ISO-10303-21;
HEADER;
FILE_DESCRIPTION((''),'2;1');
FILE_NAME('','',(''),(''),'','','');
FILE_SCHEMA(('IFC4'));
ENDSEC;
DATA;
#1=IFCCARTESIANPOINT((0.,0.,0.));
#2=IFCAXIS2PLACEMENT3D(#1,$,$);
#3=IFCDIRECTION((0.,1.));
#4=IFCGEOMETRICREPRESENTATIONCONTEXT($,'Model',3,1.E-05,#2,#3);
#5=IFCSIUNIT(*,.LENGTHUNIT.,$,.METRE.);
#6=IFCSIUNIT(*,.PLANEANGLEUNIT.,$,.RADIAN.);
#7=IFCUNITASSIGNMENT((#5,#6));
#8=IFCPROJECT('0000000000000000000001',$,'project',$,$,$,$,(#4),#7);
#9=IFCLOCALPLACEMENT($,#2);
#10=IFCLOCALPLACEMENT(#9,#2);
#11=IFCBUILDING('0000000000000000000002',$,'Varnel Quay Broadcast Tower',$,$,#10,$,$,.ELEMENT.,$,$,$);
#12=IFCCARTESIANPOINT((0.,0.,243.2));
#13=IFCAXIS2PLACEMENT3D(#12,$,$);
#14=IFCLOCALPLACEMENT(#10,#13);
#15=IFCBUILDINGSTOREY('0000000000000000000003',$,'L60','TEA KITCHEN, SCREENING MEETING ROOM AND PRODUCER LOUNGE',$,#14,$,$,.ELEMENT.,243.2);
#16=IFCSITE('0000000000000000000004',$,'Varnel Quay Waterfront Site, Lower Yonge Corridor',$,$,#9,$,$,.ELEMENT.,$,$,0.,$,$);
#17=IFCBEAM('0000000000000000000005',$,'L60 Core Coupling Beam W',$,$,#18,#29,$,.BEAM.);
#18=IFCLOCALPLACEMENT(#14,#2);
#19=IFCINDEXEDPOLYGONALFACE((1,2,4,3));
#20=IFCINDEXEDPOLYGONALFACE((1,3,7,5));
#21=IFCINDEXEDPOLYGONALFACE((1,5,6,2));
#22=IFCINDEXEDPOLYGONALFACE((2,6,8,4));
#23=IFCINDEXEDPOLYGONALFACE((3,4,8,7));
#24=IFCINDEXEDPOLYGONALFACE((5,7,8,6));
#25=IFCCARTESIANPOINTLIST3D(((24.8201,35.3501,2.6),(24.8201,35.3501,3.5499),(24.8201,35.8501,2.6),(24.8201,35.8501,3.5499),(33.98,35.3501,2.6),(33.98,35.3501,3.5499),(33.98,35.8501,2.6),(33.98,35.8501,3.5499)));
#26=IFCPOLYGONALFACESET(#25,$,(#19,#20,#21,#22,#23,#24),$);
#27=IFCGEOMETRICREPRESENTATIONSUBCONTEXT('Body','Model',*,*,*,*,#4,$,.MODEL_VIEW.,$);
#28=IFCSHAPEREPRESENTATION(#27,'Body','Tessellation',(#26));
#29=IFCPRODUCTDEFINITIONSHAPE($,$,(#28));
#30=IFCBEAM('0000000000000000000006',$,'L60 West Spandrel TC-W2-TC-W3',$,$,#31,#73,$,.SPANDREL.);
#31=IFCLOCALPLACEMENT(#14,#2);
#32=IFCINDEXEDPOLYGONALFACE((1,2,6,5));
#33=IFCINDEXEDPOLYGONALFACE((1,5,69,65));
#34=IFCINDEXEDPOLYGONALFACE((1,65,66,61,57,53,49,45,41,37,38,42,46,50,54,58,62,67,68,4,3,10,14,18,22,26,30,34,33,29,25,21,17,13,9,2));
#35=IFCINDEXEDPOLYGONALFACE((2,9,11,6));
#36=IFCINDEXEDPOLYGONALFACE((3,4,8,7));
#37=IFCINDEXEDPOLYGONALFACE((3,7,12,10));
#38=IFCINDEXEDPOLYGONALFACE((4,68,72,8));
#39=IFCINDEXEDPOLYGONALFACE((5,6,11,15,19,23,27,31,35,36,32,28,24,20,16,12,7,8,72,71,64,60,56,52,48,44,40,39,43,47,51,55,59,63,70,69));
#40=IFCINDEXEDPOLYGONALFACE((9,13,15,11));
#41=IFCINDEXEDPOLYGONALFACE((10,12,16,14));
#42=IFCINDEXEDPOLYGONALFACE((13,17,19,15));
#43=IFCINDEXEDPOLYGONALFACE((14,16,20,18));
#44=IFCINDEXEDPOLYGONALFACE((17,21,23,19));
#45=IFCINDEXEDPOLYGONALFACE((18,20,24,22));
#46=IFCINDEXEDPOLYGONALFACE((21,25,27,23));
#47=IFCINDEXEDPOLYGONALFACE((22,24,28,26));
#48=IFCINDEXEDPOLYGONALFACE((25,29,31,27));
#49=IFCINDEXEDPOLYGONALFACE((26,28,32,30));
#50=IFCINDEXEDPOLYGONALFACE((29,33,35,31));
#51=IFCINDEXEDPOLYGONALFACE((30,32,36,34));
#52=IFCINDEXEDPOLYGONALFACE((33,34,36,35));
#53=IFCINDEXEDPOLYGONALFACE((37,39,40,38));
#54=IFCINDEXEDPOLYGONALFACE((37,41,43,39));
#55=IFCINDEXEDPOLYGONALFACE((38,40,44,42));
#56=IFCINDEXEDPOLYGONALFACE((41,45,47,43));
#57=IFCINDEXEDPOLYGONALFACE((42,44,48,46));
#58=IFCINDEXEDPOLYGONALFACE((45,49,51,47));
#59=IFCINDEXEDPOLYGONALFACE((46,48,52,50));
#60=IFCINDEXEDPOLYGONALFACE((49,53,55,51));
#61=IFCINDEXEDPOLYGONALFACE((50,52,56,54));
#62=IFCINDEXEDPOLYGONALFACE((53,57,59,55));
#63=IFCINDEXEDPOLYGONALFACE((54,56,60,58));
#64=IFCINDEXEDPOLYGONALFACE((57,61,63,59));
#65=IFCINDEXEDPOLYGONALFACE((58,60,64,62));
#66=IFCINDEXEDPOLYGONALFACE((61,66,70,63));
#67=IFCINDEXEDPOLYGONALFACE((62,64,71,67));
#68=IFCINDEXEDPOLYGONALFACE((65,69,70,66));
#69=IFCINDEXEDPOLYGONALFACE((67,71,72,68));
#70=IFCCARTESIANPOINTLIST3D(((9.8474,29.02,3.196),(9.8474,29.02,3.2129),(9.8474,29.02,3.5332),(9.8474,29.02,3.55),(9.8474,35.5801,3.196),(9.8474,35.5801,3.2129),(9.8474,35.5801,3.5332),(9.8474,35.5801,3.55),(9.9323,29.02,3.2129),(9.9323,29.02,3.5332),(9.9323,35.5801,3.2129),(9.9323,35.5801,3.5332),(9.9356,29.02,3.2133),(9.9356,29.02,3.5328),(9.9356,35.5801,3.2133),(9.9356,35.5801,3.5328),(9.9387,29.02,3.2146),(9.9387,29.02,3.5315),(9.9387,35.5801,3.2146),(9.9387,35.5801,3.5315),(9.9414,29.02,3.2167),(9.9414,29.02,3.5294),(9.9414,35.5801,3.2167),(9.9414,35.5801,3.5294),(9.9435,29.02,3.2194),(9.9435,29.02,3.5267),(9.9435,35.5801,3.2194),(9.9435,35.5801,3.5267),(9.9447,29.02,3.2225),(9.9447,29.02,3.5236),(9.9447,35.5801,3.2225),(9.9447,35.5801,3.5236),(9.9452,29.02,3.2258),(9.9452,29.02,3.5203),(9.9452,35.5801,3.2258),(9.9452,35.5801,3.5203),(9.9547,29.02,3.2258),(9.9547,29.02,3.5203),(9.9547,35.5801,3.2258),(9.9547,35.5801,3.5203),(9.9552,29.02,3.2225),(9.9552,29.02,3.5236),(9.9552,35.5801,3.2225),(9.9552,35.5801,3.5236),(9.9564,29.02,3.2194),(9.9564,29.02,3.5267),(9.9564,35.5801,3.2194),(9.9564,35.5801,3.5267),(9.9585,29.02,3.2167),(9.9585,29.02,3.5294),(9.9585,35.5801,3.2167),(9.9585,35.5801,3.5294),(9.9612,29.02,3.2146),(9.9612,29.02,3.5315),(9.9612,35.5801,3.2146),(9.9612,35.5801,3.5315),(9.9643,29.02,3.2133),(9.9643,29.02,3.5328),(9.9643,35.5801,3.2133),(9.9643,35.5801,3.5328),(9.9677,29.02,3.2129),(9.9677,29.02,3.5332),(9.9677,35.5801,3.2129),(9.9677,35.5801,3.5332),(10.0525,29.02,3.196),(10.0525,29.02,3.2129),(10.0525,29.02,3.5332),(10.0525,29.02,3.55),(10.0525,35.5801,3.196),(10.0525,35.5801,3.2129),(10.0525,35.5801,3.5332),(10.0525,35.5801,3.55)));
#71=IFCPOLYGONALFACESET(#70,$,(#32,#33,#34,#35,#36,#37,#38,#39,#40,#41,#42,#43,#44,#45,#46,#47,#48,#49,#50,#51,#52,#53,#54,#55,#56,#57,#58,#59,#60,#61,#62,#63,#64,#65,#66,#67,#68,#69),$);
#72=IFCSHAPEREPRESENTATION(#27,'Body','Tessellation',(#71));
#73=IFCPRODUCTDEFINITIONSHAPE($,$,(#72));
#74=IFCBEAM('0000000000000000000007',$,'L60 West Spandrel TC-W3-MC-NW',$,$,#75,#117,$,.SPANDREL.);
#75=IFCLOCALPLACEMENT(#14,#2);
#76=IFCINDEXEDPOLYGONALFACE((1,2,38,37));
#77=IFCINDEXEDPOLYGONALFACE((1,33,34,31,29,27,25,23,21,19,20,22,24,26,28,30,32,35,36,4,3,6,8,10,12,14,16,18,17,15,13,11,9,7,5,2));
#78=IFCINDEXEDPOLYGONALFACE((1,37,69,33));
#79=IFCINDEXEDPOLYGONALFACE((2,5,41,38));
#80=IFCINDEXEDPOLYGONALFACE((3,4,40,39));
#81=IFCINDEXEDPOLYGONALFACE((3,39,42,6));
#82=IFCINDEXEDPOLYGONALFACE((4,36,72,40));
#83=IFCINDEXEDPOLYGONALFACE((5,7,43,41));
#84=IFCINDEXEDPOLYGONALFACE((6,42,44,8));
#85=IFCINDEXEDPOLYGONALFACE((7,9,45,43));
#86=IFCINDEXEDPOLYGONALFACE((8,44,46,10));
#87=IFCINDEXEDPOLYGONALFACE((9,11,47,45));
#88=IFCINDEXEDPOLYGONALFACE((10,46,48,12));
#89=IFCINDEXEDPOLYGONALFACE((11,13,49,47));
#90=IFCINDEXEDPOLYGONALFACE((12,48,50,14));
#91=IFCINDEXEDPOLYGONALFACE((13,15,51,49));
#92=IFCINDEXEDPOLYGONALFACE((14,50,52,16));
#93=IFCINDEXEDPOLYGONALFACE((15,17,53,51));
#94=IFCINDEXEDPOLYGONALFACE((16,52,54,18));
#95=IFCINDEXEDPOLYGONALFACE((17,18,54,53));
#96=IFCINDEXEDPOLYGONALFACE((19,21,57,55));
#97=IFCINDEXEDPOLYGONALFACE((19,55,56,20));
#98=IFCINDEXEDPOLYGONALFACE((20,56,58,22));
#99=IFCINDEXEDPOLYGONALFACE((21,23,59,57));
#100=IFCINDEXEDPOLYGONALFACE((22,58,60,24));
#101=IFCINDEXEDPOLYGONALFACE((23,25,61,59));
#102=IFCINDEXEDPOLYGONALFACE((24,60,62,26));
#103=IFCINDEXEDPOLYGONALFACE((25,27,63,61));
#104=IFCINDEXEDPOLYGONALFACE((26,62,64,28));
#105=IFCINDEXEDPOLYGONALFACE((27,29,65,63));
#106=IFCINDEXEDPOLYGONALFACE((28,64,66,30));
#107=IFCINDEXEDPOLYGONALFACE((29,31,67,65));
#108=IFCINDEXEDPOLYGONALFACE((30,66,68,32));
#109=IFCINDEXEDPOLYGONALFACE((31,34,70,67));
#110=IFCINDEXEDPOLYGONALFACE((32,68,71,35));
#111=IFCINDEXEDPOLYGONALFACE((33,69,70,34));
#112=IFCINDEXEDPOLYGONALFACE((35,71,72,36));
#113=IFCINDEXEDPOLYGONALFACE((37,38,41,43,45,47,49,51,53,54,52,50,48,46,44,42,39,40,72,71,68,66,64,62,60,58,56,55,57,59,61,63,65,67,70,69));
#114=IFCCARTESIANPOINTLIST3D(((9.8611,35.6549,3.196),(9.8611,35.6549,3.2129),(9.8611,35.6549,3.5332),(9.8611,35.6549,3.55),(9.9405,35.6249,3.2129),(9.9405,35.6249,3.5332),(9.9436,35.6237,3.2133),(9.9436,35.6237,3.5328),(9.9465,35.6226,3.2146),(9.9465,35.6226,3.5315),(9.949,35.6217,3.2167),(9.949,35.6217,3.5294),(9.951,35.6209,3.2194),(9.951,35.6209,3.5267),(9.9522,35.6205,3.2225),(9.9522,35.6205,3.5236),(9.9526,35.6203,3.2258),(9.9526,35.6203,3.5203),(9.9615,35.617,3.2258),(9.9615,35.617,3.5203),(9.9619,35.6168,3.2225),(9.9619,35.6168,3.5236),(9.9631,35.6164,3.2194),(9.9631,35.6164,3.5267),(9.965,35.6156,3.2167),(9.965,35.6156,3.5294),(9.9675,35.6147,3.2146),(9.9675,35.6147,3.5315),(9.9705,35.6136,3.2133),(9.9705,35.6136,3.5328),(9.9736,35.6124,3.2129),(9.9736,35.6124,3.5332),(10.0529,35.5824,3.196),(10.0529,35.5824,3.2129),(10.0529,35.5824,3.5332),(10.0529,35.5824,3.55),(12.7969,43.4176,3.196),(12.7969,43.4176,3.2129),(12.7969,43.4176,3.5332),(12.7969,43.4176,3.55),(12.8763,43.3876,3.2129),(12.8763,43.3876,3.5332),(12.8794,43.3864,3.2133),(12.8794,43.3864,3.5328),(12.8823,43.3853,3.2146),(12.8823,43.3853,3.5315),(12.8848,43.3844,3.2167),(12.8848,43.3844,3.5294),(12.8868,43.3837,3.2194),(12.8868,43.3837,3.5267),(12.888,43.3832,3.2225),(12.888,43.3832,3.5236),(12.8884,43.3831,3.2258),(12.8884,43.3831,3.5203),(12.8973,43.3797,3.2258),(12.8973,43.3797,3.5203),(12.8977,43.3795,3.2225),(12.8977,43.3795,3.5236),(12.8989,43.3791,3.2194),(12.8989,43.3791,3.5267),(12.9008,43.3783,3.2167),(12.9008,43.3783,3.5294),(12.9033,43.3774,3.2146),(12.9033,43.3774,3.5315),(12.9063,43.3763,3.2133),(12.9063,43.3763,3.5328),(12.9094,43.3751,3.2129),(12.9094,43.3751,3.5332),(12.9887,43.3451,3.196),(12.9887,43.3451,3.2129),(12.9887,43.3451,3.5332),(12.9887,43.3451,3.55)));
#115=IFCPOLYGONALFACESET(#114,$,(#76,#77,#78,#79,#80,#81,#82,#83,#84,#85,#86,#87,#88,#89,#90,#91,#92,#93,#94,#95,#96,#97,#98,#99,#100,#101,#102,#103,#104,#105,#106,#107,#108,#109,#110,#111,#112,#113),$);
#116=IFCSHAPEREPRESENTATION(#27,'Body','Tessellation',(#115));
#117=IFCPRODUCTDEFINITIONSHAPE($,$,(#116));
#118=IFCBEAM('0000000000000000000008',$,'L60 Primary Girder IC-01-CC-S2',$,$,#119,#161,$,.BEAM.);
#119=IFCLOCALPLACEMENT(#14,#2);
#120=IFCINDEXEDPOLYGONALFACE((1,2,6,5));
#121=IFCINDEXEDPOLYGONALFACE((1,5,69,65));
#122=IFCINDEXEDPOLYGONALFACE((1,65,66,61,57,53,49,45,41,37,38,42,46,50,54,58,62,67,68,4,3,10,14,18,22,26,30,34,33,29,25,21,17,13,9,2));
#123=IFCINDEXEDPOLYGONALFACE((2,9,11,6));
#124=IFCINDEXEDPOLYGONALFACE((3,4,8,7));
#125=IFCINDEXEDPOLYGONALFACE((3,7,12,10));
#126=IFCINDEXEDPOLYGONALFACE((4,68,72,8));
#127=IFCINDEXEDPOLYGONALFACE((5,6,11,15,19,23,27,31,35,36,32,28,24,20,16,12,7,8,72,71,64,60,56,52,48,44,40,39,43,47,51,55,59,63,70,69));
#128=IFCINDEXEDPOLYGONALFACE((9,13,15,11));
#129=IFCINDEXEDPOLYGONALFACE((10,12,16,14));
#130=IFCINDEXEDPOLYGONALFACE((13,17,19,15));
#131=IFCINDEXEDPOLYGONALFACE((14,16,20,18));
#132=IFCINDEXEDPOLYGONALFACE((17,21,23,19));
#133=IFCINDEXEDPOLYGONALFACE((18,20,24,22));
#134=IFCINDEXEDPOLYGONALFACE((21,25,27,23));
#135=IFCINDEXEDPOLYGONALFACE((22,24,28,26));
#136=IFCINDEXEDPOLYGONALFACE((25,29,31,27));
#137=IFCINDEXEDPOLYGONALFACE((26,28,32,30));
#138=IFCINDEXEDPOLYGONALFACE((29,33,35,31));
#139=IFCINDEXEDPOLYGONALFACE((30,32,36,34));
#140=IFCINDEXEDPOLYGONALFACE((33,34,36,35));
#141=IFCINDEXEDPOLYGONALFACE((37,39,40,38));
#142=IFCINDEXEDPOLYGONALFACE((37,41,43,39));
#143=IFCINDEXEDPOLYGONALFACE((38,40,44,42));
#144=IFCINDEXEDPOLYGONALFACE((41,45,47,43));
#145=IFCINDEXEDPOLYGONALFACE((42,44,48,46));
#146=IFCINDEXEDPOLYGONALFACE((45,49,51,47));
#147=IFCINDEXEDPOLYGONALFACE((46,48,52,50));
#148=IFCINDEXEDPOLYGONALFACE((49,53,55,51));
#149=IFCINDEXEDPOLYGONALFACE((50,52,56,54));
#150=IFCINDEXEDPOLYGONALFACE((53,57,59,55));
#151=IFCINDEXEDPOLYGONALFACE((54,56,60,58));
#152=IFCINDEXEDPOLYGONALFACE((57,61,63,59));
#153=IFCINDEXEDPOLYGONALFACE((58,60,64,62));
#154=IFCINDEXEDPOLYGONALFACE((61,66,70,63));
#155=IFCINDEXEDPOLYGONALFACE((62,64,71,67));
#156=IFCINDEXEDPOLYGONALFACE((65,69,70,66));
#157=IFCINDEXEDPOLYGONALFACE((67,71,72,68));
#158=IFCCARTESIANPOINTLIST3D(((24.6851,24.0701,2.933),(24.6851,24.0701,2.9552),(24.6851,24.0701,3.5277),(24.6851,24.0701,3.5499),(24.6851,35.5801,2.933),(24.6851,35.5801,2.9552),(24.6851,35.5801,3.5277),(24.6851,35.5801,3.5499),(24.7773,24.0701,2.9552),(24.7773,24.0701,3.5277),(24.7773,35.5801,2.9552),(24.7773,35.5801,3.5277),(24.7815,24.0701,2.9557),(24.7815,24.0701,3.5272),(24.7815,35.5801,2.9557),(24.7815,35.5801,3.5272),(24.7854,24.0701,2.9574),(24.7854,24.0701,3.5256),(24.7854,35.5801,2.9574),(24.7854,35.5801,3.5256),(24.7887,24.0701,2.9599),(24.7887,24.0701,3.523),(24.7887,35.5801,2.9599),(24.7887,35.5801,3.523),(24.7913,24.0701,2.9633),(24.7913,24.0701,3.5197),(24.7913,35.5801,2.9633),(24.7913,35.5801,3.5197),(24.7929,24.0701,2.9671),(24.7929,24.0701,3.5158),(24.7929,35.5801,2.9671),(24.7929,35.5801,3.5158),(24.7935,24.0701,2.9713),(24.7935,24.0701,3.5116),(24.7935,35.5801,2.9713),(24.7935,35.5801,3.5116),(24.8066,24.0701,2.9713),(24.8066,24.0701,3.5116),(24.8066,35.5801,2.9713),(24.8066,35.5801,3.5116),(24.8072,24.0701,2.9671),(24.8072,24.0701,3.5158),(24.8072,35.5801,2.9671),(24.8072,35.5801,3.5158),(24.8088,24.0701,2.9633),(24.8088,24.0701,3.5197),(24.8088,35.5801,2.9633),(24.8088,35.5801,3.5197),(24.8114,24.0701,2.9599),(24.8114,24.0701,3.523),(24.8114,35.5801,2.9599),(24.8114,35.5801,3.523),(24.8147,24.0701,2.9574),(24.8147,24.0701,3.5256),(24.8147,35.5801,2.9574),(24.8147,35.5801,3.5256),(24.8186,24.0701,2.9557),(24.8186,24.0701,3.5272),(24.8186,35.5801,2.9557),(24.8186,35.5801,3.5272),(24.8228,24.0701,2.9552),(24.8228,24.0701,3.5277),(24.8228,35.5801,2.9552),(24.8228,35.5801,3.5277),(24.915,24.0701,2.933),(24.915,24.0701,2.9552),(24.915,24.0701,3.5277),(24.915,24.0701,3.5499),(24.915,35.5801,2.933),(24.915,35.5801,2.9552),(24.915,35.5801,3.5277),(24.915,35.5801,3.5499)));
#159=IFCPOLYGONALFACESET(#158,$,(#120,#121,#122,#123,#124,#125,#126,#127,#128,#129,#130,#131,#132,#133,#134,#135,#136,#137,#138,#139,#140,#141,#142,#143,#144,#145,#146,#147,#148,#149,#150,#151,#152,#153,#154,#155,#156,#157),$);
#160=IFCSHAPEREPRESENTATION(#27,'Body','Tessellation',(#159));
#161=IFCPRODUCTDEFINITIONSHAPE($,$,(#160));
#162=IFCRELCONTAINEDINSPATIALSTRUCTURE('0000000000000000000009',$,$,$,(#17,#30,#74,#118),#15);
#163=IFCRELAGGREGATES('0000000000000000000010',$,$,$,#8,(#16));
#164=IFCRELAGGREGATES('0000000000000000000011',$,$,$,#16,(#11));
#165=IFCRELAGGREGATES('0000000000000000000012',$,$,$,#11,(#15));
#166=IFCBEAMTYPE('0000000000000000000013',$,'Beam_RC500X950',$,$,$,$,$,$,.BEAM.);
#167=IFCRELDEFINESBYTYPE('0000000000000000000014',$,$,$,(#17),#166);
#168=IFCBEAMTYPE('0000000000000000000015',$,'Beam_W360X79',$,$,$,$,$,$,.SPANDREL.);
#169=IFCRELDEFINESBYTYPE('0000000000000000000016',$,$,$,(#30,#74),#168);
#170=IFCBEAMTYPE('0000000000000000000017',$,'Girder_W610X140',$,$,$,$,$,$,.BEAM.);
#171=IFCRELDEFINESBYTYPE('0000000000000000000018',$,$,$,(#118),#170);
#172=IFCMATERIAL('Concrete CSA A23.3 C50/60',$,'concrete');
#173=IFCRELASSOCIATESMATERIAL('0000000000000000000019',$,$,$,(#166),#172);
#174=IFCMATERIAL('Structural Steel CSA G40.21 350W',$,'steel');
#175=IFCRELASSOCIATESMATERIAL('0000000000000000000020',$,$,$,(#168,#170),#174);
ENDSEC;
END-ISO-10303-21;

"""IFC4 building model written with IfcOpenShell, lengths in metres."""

from ifc_helpers import new_model, si_unit, direction, frame, origin, origin_2d, place, context, subcontext, project, spatial, rectangle, i_section, extrude, source, transform, mapped, material, material_profile, profile_set, type_object, type_shapes, element, save


model = new_model("IFC4")

# Units and contexts
model_context = context("Model", 3, precision=1e-05, world=origin(), true_north=direction((0.0, 1.0)))
body_context = subcontext(model_context, "Body", "Model", "MODEL_VIEW")
ifc_project = project(units=[si_unit("LENGTHUNIT", "METRE"), si_unit("PLANEANGLEUNIT", "RADIAN")], contexts=[model_context])

# Site, building, storey
site_placement = place(None, origin())
site = spatial("IfcSite", under=ifc_project, at=site_placement, Name="Varnel Quay Waterfront Site, Lower Yonge Corridor", CompositionType="ELEMENT", RefElevation=0.0)
building_placement = place(site_placement, origin())
building = spatial("IfcBuilding", under=site, at=building_placement, Name="Varnel Quay Broadcast Tower", CompositionType="ELEMENT")
storey_placement = place(building_placement, frame((0.0, 0.0, 243.2)))
storey = spatial("IfcBuildingStorey", under=building, at=storey_placement, Name="L60", Description="TEA KITCHEN, SCREENING MEETING ROOM AND PRODUCER LOUNGE", CompositionType="ELEMENT", Elevation=243.2)

# Shared definitions
ifc_material_1 = material(Name="Structural Steel CSA G40.21 350W", Category="steel")

# Beams
ifc_material_2 = material(Name="Concrete CSA A23.3 C50/60", Category="concrete")
ifc_material_profile_1 = material_profile(ifc_material_2, rectangle(XDim=0.5, YDim=0.95, at=origin_2d()), Name="RC500X950")
ifc_profile_set_1 = profile_set([ifc_material_profile_1], Name="Concrete CSA A23.3 C50/60")
beam_type_1 = type_object("IfcBeamType", Name="Beam_RC500X950", PredefinedType="BEAM", material=ifc_profile_set_1)
shared_shape_1 = source(origin(), body_context, "Body", "SweptSolid", [
    extrude(rectangle(XDim=0.5, YDim=0.95, at=origin_2d()), origin(), (0.0, 0.0, 1.0), 9.1599),
])
type_shapes(beam_type_1, [shared_shape_1])
beam_1_placement = place(storey_placement, frame((24.8201, 35.6001, 3.075), z_axis=(1.0, 0.0, 0.0), x_axis=(0.0, 1.0, 0.0)))
element("IfcBeam", 1, at=beam_1_placement, inside=storey, type_object=beam_type_1, Name="L60 Core Coupling Beam W", PredefinedType="BEAM", context=body_context, shape_type="MappedRepresentation", body=[
    mapped(shared_shape_1, transform((0.0, 0.0, 0.0), x_axis=(1.0, 0.0, 0.0), y_axis=(0.0, 1.0, 0.0), z_axis=(0.0, 0.0, 1.0), scale=1.0)),
])
ifc_material_profile_2 = material_profile(ifc_material_1, i_section(OverallWidth=0.2051, OverallDepth=0.354, WebThickness=0.0095, FlangeThickness=0.0168, FilletRadius=0.0129, at=origin_2d()), Name="W360X79")
ifc_profile_set_2 = profile_set([ifc_material_profile_2], Name="Structural Steel CSA G40.21 350W")
beam_type_2 = type_object("IfcBeamType", Name="Beam_W360X79", PredefinedType="SPANDREL", material=ifc_profile_set_2)
shared_shape_2 = source(origin(), body_context, "Body", "SweptSolid", [
    extrude(i_section(OverallWidth=0.2051, OverallDepth=0.354, WebThickness=0.0095, FlangeThickness=0.0168, FilletRadius=0.0129, at=origin_2d()), origin(), (0.0, 0.0, 1.0), 6.5601),
])
beam_2_placement = place(storey_placement, frame((9.95, 29.02, 3.373), z_axis=(0.0, 1.0, 0.0), x_axis=(-1.0, 0.0, 0.0)))
element("IfcBeam", 2, at=beam_2_placement, inside=storey, type_object=beam_type_2, Name="L60 West Spandrel TC-W2-TC-W3", PredefinedType="SPANDREL", context=body_context, shape_type="MappedRepresentation", body=[
    mapped(shared_shape_2, transform((0.0, 0.0, 0.0), x_axis=(1.0, 0.0, 0.0), y_axis=(0.0, 1.0, 0.0), z_axis=(0.0, 0.0, 1.0), scale=1.0)),
])
shared_shape_3 = source(origin(), body_context, "Body", "SweptSolid", [
    extrude(i_section(OverallWidth=0.2051, OverallDepth=0.354, WebThickness=0.0095, FlangeThickness=0.0168, FilletRadius=0.0129, at=origin_2d()), origin(), (0.0, 0.0, 1.0), 8.2993),
])
type_shapes(beam_type_2, [shared_shape_2, shared_shape_3])
beam_3_placement = place(storey_placement, frame((9.957, 35.6187, 3.373), z_axis=(0.35374, 0.935344, 0.0), x_axis=(-0.935344, 0.35374, 0.0)))
element("IfcBeam", 3, at=beam_3_placement, inside=storey, type_object=beam_type_2, Name="L60 West Spandrel TC-W3-MC-NW", PredefinedType="SPANDREL", context=body_context, shape_type="MappedRepresentation", body=[
    mapped(shared_shape_3, transform((0.0, 0.0, 0.0), x_axis=(1.0, 0.0, 0.0), y_axis=(0.0, 1.0, 0.0), z_axis=(0.0, 0.0, 1.0), scale=1.0)),
])
ifc_material_profile_3 = material_profile(ifc_material_1, i_section(OverallWidth=0.23, OverallDepth=0.6169, WebThickness=0.0132, FlangeThickness=0.0222, FilletRadius=0.0161, at=origin_2d()), Name="W610X140")
ifc_profile_set_3 = profile_set([ifc_material_profile_3], Name="Structural Steel CSA G40.21 350W")
beam_type_3 = type_object("IfcBeamType", Name="Girder_W610X140", PredefinedType="BEAM", material=ifc_profile_set_3)
shared_shape_4 = source(origin(), body_context, "Body", "SweptSolid", [
    extrude(i_section(OverallWidth=0.23, OverallDepth=0.6169, WebThickness=0.0132, FlangeThickness=0.0222, FilletRadius=0.0161, at=origin_2d()), origin(), (0.0, 0.0, 1.0), 11.51),
])
beam_4_placement = place(storey_placement, frame((24.8, 24.0701, 3.2415), z_axis=(0.0, 1.0, 0.0), x_axis=(-1.0, 0.0, 0.0)))
element("IfcBeam", 4, at=beam_4_placement, inside=storey, type_object=beam_type_3, Name="L60 Primary Girder IC-01-CC-S2", PredefinedType="BEAM", context=body_context, shape_type="MappedRepresentation", body=[
    mapped(shared_shape_4, transform((0.0, 0.0, 0.0), x_axis=(1.0, 0.0, 0.0), y_axis=(0.0, 1.0, 0.0), z_axis=(0.0, 0.0, 1.0), scale=1.0)),
])

save(model, "model.ifc")
